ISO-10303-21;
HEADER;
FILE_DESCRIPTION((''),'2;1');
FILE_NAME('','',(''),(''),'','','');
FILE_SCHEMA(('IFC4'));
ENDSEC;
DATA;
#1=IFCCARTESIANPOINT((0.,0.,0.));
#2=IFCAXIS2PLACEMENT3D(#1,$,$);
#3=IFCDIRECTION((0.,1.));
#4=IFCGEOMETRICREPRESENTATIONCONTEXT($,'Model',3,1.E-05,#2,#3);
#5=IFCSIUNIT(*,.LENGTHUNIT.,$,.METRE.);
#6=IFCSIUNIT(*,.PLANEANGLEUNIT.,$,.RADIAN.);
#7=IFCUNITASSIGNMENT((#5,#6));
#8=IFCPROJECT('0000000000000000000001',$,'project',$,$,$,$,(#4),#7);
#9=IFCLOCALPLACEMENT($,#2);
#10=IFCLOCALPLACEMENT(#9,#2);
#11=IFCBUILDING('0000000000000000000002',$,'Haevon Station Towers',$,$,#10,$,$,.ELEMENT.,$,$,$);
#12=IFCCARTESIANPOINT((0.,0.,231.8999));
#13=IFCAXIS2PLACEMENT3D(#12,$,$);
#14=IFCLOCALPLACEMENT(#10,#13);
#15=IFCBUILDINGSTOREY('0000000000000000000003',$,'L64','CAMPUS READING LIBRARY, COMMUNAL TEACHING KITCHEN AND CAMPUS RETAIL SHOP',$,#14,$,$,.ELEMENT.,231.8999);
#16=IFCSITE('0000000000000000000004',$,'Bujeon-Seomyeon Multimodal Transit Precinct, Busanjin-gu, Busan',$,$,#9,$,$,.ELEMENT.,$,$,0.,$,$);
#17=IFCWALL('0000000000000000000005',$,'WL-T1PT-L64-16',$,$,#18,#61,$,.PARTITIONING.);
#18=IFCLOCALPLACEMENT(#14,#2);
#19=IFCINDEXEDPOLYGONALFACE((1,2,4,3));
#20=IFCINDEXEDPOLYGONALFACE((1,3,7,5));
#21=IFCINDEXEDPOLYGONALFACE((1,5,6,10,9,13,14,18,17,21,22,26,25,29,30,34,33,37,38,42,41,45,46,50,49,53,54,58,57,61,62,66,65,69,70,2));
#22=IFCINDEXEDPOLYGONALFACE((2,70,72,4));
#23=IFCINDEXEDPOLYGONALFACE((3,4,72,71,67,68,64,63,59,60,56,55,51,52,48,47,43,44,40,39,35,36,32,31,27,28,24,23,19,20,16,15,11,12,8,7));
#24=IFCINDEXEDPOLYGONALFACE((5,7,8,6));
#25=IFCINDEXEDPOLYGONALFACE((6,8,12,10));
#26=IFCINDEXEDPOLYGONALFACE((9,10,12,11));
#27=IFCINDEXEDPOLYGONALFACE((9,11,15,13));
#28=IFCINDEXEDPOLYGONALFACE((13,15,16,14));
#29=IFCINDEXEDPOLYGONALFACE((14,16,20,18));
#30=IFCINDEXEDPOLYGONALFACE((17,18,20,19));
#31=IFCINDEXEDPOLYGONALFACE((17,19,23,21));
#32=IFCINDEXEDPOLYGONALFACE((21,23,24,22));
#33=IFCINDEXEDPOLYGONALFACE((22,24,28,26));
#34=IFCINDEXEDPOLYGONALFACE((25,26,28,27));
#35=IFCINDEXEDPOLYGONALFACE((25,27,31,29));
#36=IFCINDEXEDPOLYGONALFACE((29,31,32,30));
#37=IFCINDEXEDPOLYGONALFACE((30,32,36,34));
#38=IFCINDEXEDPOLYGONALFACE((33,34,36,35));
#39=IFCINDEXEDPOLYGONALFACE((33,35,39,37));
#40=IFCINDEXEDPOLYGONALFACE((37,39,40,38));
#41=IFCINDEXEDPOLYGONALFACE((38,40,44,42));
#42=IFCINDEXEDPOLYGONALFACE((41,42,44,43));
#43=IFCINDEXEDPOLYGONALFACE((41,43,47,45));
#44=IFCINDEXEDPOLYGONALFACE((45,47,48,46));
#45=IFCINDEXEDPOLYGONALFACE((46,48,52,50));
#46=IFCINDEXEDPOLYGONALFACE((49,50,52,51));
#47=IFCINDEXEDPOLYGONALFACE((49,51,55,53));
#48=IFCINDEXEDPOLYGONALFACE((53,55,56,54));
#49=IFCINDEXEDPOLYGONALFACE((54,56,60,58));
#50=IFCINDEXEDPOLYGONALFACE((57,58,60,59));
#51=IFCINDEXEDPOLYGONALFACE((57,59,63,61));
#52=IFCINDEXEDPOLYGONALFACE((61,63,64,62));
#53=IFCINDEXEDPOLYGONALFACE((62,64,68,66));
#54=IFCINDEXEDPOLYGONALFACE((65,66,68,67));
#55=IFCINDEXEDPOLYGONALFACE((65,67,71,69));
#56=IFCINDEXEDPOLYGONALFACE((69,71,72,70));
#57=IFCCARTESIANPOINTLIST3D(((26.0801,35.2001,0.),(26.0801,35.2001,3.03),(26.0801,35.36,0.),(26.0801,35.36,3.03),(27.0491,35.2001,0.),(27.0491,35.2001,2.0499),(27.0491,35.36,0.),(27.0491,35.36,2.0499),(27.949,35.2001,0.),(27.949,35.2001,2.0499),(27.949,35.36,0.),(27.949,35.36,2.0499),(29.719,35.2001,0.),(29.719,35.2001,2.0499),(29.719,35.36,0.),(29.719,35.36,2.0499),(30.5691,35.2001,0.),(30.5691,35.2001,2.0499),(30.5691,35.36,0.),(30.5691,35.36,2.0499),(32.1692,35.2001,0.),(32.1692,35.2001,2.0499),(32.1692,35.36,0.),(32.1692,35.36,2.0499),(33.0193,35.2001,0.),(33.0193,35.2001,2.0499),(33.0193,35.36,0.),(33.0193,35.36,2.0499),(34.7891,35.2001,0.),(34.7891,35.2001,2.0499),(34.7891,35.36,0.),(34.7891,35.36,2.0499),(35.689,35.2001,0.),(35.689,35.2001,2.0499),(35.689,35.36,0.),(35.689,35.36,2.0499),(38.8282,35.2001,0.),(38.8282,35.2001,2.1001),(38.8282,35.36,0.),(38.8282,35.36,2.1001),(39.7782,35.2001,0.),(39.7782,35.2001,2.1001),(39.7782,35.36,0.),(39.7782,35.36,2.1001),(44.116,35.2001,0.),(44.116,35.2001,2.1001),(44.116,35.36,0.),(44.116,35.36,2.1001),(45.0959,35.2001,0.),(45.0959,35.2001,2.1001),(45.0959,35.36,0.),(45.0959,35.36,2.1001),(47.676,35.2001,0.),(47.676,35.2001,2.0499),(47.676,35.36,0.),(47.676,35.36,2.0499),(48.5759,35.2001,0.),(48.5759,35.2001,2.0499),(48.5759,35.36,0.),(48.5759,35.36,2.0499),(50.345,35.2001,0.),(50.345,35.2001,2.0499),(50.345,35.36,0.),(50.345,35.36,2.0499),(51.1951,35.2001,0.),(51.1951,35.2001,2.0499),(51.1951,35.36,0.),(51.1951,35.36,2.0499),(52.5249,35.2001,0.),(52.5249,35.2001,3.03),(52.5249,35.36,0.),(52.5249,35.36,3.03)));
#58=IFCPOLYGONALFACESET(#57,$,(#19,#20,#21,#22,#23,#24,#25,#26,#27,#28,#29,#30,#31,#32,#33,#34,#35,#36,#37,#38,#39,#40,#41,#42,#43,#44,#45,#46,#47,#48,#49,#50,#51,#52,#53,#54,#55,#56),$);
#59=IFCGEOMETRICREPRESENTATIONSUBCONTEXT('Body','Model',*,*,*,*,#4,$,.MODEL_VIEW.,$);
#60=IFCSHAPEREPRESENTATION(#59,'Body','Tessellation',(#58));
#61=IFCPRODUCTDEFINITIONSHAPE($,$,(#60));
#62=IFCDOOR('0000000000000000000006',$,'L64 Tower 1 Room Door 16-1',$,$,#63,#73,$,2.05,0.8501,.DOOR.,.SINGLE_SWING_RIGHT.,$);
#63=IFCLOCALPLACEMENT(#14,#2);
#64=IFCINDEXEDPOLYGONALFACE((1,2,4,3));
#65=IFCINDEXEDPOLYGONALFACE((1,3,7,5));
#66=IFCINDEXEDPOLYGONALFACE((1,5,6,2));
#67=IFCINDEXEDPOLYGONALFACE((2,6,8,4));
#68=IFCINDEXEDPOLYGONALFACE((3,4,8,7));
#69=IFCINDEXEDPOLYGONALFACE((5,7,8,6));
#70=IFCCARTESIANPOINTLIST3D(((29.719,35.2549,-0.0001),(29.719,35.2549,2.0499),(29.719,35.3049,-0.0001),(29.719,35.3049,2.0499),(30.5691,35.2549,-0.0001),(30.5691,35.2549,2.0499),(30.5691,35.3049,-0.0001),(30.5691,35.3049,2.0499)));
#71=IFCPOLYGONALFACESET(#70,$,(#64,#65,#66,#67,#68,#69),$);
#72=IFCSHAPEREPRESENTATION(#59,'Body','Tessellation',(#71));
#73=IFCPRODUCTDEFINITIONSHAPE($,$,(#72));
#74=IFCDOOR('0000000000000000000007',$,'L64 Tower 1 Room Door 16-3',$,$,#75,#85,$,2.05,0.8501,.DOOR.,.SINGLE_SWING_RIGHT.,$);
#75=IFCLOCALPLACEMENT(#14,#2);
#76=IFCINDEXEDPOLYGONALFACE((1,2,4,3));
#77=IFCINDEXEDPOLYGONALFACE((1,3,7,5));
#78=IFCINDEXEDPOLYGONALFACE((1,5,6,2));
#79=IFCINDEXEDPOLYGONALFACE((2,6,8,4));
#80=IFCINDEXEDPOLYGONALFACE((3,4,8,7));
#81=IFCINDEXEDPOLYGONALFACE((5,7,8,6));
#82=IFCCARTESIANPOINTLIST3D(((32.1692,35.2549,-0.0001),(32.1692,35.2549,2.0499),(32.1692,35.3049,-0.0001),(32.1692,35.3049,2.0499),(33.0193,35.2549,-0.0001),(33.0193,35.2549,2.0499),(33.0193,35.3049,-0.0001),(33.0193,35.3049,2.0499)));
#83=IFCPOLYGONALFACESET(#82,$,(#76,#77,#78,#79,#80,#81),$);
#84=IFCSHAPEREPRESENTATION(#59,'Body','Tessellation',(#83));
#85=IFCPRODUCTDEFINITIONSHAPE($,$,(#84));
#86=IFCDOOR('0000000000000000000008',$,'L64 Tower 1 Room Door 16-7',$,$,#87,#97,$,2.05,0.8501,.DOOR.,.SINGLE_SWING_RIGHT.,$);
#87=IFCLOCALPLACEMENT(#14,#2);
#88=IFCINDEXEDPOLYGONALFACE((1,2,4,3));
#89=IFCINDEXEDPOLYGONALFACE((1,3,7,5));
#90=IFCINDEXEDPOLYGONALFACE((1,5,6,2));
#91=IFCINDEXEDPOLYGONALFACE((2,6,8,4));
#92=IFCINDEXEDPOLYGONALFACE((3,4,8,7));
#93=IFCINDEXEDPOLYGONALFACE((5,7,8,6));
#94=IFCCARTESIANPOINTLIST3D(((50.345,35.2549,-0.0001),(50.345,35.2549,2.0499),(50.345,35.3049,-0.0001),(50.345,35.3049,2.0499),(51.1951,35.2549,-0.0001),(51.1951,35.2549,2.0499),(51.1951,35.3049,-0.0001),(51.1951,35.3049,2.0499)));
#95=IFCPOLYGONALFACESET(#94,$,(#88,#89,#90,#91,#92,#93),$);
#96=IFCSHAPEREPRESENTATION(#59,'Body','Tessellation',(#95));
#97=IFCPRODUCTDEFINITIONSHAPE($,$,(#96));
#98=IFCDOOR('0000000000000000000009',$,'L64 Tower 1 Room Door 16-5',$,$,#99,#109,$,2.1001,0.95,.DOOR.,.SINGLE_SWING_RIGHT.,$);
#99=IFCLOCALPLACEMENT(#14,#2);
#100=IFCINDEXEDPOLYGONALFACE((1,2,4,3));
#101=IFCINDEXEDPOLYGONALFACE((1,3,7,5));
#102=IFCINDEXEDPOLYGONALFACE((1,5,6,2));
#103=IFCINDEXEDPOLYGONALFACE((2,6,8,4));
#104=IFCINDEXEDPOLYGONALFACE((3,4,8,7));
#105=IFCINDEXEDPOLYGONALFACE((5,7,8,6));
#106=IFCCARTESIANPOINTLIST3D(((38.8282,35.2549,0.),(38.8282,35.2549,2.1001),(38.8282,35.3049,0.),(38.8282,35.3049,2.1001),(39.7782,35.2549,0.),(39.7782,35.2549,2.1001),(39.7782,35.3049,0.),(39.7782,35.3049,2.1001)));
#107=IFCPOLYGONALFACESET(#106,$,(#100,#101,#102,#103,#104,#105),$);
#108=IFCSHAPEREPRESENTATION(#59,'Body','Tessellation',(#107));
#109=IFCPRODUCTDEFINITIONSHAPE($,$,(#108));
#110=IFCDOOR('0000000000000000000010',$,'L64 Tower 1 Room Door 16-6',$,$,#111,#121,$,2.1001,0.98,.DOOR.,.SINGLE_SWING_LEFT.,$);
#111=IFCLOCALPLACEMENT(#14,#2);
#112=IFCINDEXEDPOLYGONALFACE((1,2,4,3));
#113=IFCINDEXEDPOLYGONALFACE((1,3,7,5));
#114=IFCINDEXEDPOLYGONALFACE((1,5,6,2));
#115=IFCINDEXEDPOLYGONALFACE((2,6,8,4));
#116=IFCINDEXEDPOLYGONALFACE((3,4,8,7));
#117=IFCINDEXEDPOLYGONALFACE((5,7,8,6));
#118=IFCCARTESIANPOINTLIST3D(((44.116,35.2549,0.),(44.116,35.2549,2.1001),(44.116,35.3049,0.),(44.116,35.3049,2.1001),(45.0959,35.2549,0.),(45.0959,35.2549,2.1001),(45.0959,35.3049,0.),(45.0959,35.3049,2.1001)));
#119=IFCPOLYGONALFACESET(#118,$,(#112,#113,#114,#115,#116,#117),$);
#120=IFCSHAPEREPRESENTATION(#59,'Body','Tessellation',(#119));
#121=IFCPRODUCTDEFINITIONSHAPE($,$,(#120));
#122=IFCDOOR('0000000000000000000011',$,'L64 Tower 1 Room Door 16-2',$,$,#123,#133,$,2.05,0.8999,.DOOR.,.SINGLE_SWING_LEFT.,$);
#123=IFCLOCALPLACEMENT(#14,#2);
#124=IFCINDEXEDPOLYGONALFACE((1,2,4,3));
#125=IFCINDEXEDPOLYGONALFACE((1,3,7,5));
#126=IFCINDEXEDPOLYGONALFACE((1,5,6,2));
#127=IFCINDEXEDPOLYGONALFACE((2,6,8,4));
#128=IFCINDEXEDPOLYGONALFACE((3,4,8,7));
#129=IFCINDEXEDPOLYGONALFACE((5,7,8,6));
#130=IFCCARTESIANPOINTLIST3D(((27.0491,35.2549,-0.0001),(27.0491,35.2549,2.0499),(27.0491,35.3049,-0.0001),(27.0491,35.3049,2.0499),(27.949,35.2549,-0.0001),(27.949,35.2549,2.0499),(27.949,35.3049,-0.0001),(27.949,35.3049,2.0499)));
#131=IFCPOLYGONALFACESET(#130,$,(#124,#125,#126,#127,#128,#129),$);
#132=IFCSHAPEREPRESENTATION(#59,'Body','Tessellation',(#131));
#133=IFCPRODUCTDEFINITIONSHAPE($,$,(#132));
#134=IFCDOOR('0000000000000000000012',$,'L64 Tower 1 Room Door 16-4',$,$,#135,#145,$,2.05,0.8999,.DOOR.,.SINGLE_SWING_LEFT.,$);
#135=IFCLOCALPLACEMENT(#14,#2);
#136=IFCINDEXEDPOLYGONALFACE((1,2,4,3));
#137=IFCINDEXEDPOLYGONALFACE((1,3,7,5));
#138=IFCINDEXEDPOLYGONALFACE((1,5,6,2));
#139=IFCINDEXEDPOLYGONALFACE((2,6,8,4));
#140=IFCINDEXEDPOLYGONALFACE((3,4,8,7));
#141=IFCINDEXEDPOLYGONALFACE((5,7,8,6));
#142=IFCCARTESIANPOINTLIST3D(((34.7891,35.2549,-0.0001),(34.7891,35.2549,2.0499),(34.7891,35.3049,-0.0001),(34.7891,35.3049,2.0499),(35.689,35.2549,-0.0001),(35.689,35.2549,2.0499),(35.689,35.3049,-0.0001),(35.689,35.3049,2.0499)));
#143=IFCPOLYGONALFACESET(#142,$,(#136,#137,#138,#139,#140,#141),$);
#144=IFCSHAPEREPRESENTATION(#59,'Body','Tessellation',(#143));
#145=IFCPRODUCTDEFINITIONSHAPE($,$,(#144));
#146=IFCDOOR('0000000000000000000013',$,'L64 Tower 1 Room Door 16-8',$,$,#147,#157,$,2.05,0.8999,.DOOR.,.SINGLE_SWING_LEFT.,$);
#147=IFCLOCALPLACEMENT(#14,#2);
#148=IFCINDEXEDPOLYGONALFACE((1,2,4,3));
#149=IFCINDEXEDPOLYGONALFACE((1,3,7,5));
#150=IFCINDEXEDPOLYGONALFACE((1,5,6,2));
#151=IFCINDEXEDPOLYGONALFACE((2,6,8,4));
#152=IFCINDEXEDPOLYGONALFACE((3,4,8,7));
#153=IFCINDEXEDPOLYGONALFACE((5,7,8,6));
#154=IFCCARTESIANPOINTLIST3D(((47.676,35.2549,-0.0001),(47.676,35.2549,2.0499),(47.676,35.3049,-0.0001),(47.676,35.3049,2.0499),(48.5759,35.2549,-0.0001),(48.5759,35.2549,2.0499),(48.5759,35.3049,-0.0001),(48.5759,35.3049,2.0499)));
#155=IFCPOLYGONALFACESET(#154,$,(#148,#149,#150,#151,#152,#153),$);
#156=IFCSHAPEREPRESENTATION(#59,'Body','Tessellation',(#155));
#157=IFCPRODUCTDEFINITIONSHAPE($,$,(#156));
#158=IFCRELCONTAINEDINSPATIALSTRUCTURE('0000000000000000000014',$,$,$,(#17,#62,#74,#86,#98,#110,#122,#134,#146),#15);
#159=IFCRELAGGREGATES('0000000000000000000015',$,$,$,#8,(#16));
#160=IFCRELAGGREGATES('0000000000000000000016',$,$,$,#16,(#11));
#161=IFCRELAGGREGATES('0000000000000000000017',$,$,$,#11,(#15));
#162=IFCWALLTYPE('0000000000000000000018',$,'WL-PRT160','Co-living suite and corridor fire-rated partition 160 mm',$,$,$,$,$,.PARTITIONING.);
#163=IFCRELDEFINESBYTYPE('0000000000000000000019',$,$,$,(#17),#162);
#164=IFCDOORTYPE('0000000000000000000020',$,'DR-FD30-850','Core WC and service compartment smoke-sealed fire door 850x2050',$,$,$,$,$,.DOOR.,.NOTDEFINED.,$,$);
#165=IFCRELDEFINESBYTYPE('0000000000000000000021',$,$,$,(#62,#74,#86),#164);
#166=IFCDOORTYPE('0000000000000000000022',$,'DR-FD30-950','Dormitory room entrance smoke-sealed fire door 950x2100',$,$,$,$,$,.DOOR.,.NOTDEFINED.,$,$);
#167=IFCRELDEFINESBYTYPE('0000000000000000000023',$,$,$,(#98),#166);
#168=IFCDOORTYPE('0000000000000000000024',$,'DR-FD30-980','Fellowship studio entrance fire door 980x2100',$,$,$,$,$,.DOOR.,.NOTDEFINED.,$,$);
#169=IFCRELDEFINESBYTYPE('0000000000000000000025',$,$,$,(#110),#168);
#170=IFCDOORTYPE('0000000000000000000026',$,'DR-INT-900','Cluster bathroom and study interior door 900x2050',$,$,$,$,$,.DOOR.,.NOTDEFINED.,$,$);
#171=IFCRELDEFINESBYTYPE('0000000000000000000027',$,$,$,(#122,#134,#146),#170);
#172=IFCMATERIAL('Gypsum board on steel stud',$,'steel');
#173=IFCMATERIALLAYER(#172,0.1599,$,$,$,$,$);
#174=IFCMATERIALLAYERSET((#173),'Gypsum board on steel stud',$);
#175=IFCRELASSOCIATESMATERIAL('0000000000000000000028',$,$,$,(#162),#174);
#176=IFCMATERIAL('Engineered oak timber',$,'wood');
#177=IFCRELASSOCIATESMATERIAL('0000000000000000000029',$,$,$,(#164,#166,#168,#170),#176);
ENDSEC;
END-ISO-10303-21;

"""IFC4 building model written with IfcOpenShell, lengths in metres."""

from ifc_helpers import new_model, si_unit, direction, frame, frame_2d, origin, place, context, subcontext, project, spatial, rectangle, extrude, material, layer, layer_set, type_object, element, fill, save


model = new_model("IFC4")

# Units and contexts
model_context = context("Model", 3, precision=1e-05, world=origin(), true_north=direction((0.0, 1.0)))
body_context = subcontext(model_context, "Body", "Model", "MODEL_VIEW")
ifc_project = project(units=[si_unit("LENGTHUNIT", "METRE"), si_unit("PLANEANGLEUNIT", "RADIAN")], contexts=[model_context])

# Site, building, storey
site_placement = place(None, origin())
site = spatial("IfcSite", under=ifc_project, at=site_placement, Name="Bujeon-Seomyeon Multimodal Transit Precinct, Busanjin-gu, Busan", CompositionType="ELEMENT", RefElevation=0.0)
building_placement = place(site_placement, origin())
building = spatial("IfcBuilding", under=site, at=building_placement, Name="Haevon Station Towers", CompositionType="ELEMENT")
storey_placement = place(building_placement, frame((0.0, 0.0, 231.8999)))
storey = spatial("IfcBuildingStorey", under=building, at=storey_placement, Name="L64", Description="CAMPUS READING LIBRARY, COMMUNAL TEACHING KITCHEN AND CAMPUS RETAIL SHOP", CompositionType="ELEMENT", Elevation=231.8999)

# Shared definitions
ifc_material_1 = material(Name="Gypsum board on steel stud", Category="steel")

# Wall, openings, doors
ifc_layer_1 = layer(ifc_material_1, 0.1599)
ifc_layer_set_1 = layer_set([ifc_layer_1], Name="Gypsum board on steel stud")
wall_type_1 = type_object("IfcWallType", Name="WL-PRT160", Description="Co-living suite and corridor fire-rated partition 160 mm", PredefinedType="PARTITIONING", material=ifc_layer_set_1)
wall_1_placement = place(storey_placement, frame((26.0801, 35.28, 0.0), z_axis=(0.0, 0.0, 1.0), x_axis=(1.0, 0.0, 0.0)))
wall_1 = element("IfcWall", 1, at=wall_1_placement, inside=storey, type_object=wall_type_1, Name="WL-T1PT-L64-16", PredefinedType="PARTITIONING", context=body_context, shape_type="SweptSolid", body=[
    extrude(rectangle(XDim=26.4448, YDim=0.1599, at=frame_2d((13.2224, 0.0))), origin(), (0.0, 0.0, 1.0), 3.03),
])
opening_1_placement = place(wall_1_placement, frame((3.6389, 0.0, 0.0)))
opening_1 = element("IfcOpeningElement", 2, at=opening_1_placement, cuts=wall_1, PredefinedType="OPENING", context=body_context, shape_type="SweptSolid", body=[
    extrude(rectangle(XDim=0.8501, YDim=2.05, at=frame_2d((0.425, 1.0249))), frame((0.0, 0.0898, 0.0), z_axis=(0.0, -1.0, 0.0), x_axis=(1.0, 0.0, 0.0)), (0.0, 0.0, 1.0), 0.1799),
])
opening_2_placement = place(wall_1_placement, frame((0.969, 0.0, 0.0)))
opening_2 = element("IfcOpeningElement", 3, at=opening_2_placement, cuts=wall_1, PredefinedType="OPENING", context=body_context, shape_type="SweptSolid", body=[
    extrude(rectangle(XDim=0.8999, YDim=2.05, at=frame_2d((0.45, 1.0249))), frame((0.0, 0.0898, 0.0), z_axis=(0.0, -1.0, 0.0), x_axis=(1.0, 0.0, 0.0)), (0.0, 0.0, 1.0), 0.1799),
])
opening_3_placement = place(wall_1_placement, frame((6.0891, 0.0, 0.0)))
opening_3 = element("IfcOpeningElement", 4, at=opening_3_placement, cuts=wall_1, PredefinedType="OPENING", context=body_context, shape_type="SweptSolid", body=[
    extrude(rectangle(XDim=0.8501, YDim=2.05, at=frame_2d((0.425, 1.0249))), frame((0.0, 0.0898, 0.0), z_axis=(0.0, -1.0, 0.0), x_axis=(1.0, 0.0, 0.0)), (0.0, 0.0, 1.0), 0.1799),
])
opening_4_placement = place(wall_1_placement, frame((8.709, 0.0, 0.0)))
opening_4 = element("IfcOpeningElement", 5, at=opening_4_placement, cuts=wall_1, PredefinedType="OPENING", context=body_context, shape_type="SweptSolid", body=[
    extrude(rectangle(XDim=0.8999, YDim=2.05, at=frame_2d((0.45, 1.0249))), frame((0.0, 0.0898, 0.0), z_axis=(0.0, -1.0, 0.0), x_axis=(1.0, 0.0, 0.0)), (0.0, 0.0, 1.0), 0.1799),
])
opening_5_placement = place(wall_1_placement, frame((12.748, 0.0, 0.0)))
opening_5 = element("IfcOpeningElement", 6, at=opening_5_placement, cuts=wall_1, PredefinedType="OPENING", context=body_context, shape_type="SweptSolid", body=[
    extrude(rectangle(XDim=0.95, YDim=2.1001, at=frame_2d((0.4751, 1.05))), frame((0.0, 0.0898, 0.0), z_axis=(0.0, -1.0, 0.0), x_axis=(1.0, 0.0, 0.0)), (0.0, 0.0, 1.0), 0.1799),
])
opening_6_placement = place(wall_1_placement, frame((18.0359, 0.0, 0.0)))
opening_6 = element("IfcOpeningElement", 7, at=opening_6_placement, cuts=wall_1, PredefinedType="OPENING", context=body_context, shape_type="SweptSolid", body=[
    extrude(rectangle(XDim=0.98, YDim=2.1001, at=frame_2d((0.49, 1.05))), frame((0.0, 0.0898, 0.0), z_axis=(0.0, -1.0, 0.0), x_axis=(1.0, 0.0, 0.0)), (0.0, 0.0, 1.0), 0.1799),
])
opening_7_placement = place(wall_1_placement, frame((24.2649, 0.0, 0.0)))
opening_7 = element("IfcOpeningElement", 8, at=opening_7_placement, cuts=wall_1, PredefinedType="OPENING", context=body_context, shape_type="SweptSolid", body=[
    extrude(rectangle(XDim=0.8501, YDim=2.05, at=frame_2d((0.425, 1.0249))), frame((0.0, 0.0898, 0.0), z_axis=(0.0, -1.0, 0.0), x_axis=(1.0, 0.0, 0.0)), (0.0, 0.0, 1.0), 0.1799),
])
opening_8_placement = place(wall_1_placement, frame((21.5959, 0.0, 0.0)))
opening_8 = element("IfcOpeningElement", 9, at=opening_8_placement, cuts=wall_1, PredefinedType="OPENING", context=body_context, shape_type="SweptSolid", body=[
    extrude(rectangle(XDim=0.8999, YDim=2.05, at=frame_2d((0.45, 1.0249))), frame((0.0, 0.0898, 0.0), z_axis=(0.0, -1.0, 0.0), x_axis=(1.0, 0.0, 0.0)), (0.0, 0.0, 1.0), 0.1799),
])
ifc_material_2 = material(Name="Engineered oak timber", Category="wood")
door_type_1 = type_object("IfcDoorType", Name="DR-FD30-850", Description="Core WC and service compartment smoke-sealed fire door 850x2050", OperationType="NOTDEFINED", PredefinedType="DOOR", material=ifc_material_2)
door_1_placement = place(opening_1_placement, origin())
door_1 = element("IfcDoor", 10, at=door_1_placement, inside=storey, type_object=door_type_1, Name="L64 Tower 1 Room Door 16-1", OperationType="SINGLE_SWING_RIGHT", OverallHeight=2.05, OverallWidth=0.8501, PredefinedType="DOOR", context=body_context, shape_type="SweptSolid", body=[
    extrude(rectangle(XDim=0.8501, YDim=2.05, at=frame_2d((0.425, 1.0249))), frame((0.0, 0.0249, 0.0), z_axis=(0.0, -1.0, 0.0), x_axis=(1.0, 0.0, 0.0)), (0.0, 0.0, 1.0), 0.05),
])
fill(opening_1, door_1)
door_2_placement = place(opening_3_placement, origin())
door_2 = element("IfcDoor", 11, at=door_2_placement, inside=storey, type_object=door_type_1, Name="L64 Tower 1 Room Door 16-3", OperationType="SINGLE_SWING_RIGHT", OverallHeight=2.05, OverallWidth=0.8501, PredefinedType="DOOR", context=body_context, shape_type="SweptSolid", body=[
    extrude(rectangle(XDim=0.8501, YDim=2.05, at=frame_2d((0.425, 1.0249))), frame((0.0, 0.0249, 0.0), z_axis=(0.0, -1.0, 0.0), x_axis=(1.0, 0.0, 0.0)), (0.0, 0.0, 1.0), 0.05),
])
fill(opening_3, door_2)
door_3_placement = place(opening_7_placement, origin())
door_3 = element("IfcDoor", 12, at=door_3_placement, inside=storey, type_object=door_type_1, Name="L64 Tower 1 Room Door 16-7", OperationType="SINGLE_SWING_RIGHT", OverallHeight=2.05, OverallWidth=0.8501, PredefinedType="DOOR", context=body_context, shape_type="SweptSolid", body=[
    extrude(rectangle(XDim=0.8501, YDim=2.05, at=frame_2d((0.425, 1.0249))), frame((0.0, 0.0249, 0.0), z_axis=(0.0, -1.0, 0.0), x_axis=(1.0, 0.0, 0.0)), (0.0, 0.0, 1.0), 0.05),
])
fill(opening_7, door_3)
door_type_2 = type_object("IfcDoorType", Name="DR-FD30-950", Description="Dormitory room entrance smoke-sealed fire door 950x2100", OperationType="NOTDEFINED", PredefinedType="DOOR", material=ifc_material_2)
door_4_placement = place(opening_5_placement, origin())
door_4 = element("IfcDoor", 13, at=door_4_placement, inside=storey, type_object=door_type_2, Name="L64 Tower 1 Room Door 16-5", OperationType="SINGLE_SWING_RIGHT", OverallHeight=2.1001, OverallWidth=0.95, PredefinedType="DOOR", context=body_context, shape_type="SweptSolid", body=[
    extrude(rectangle(XDim=0.95, YDim=2.1001, at=frame_2d((0.4751, 1.05))), frame((0.0, 0.0249, 0.0), z_axis=(0.0, -1.0, 0.0), x_axis=(1.0, 0.0, 0.0)), (0.0, 0.0, 1.0), 0.05),
])
fill(opening_5, door_4)
door_type_3 = type_object("IfcDoorType", Name="DR-FD30-980", Description="Fellowship studio entrance fire door 980x2100", OperationType="NOTDEFINED", PredefinedType="DOOR", material=ifc_material_2)
door_5_placement = place(opening_6_placement, origin())
door_5 = element("IfcDoor", 14, at=door_5_placement, inside=storey, type_object=door_type_3, Name="L64 Tower 1 Room Door 16-6", OperationType="SINGLE_SWING_LEFT", OverallHeight=2.1001, OverallWidth=0.98, PredefinedType="DOOR", context=body_context, shape_type="SweptSolid", body=[
    extrude(rectangle(XDim=0.98, YDim=2.1001, at=frame_2d((0.49, 1.05))), frame((0.0, 0.0249, 0.0), z_axis=(0.0, -1.0, 0.0), x_axis=(1.0, 0.0, 0.0)), (0.0, 0.0, 1.0), 0.05),
])
fill(opening_6, door_5)
door_type_4 = type_object("IfcDoorType", Name="DR-INT-900", Description="Cluster bathroom and study interior door 900x2050", OperationType="NOTDEFINED", PredefinedType="DOOR", material=ifc_material_2)
door_6_placement = place(opening_2_placement, origin())
door_6 = element("IfcDoor", 15, at=door_6_placement, inside=storey, type_object=door_type_4, Name="L64 Tower 1 Room Door 16-2", OperationType="SINGLE_SWING_LEFT", OverallHeight=2.05, OverallWidth=0.8999, PredefinedType="DOOR", context=body_context, shape_type="SweptSolid", body=[
    extrude(rectangle(XDim=0.8999, YDim=2.05, at=frame_2d((0.45, 1.0249))), frame((0.0, 0.0249, 0.0), z_axis=(0.0, -1.0, 0.0), x_axis=(1.0, 0.0, 0.0)), (0.0, 0.0, 1.0), 0.05),
])
fill(opening_2, door_6)
door_7_placement = place(opening_4_placement, origin())
door_7 = element("IfcDoor", 16, at=door_7_placement, inside=storey, type_object=door_type_4, Name="L64 Tower 1 Room Door 16-4", OperationType="SINGLE_SWING_LEFT", OverallHeight=2.05, OverallWidth=0.8999, PredefinedType="DOOR", context=body_context, shape_type="SweptSolid", body=[
    extrude(rectangle(XDim=0.8999, YDim=2.05, at=frame_2d((0.45, 1.0249))), frame((0.0, 0.0249, 0.0), z_axis=(0.0, -1.0, 0.0), x_axis=(1.0, 0.0, 0.0)), (0.0, 0.0, 1.0), 0.05),
])
fill(opening_4, door_7)
door_8_placement = place(opening_8_placement, origin())
door_8 = element("IfcDoor", 17, at=door_8_placement, inside=storey, type_object=door_type_4, Name="L64 Tower 1 Room Door 16-8", OperationType="SINGLE_SWING_LEFT", OverallHeight=2.05, OverallWidth=0.8999, PredefinedType="DOOR", context=body_context, shape_type="SweptSolid", body=[
    extrude(rectangle(XDim=0.8999, YDim=2.05, at=frame_2d((0.45, 1.0249))), frame((0.0, 0.0249, 0.0), z_axis=(0.0, -1.0, 0.0), x_axis=(1.0, 0.0, 0.0)), (0.0, 0.0, 1.0), 0.05),
])
fill(opening_8, door_8)

save(model, "model.ifc")
